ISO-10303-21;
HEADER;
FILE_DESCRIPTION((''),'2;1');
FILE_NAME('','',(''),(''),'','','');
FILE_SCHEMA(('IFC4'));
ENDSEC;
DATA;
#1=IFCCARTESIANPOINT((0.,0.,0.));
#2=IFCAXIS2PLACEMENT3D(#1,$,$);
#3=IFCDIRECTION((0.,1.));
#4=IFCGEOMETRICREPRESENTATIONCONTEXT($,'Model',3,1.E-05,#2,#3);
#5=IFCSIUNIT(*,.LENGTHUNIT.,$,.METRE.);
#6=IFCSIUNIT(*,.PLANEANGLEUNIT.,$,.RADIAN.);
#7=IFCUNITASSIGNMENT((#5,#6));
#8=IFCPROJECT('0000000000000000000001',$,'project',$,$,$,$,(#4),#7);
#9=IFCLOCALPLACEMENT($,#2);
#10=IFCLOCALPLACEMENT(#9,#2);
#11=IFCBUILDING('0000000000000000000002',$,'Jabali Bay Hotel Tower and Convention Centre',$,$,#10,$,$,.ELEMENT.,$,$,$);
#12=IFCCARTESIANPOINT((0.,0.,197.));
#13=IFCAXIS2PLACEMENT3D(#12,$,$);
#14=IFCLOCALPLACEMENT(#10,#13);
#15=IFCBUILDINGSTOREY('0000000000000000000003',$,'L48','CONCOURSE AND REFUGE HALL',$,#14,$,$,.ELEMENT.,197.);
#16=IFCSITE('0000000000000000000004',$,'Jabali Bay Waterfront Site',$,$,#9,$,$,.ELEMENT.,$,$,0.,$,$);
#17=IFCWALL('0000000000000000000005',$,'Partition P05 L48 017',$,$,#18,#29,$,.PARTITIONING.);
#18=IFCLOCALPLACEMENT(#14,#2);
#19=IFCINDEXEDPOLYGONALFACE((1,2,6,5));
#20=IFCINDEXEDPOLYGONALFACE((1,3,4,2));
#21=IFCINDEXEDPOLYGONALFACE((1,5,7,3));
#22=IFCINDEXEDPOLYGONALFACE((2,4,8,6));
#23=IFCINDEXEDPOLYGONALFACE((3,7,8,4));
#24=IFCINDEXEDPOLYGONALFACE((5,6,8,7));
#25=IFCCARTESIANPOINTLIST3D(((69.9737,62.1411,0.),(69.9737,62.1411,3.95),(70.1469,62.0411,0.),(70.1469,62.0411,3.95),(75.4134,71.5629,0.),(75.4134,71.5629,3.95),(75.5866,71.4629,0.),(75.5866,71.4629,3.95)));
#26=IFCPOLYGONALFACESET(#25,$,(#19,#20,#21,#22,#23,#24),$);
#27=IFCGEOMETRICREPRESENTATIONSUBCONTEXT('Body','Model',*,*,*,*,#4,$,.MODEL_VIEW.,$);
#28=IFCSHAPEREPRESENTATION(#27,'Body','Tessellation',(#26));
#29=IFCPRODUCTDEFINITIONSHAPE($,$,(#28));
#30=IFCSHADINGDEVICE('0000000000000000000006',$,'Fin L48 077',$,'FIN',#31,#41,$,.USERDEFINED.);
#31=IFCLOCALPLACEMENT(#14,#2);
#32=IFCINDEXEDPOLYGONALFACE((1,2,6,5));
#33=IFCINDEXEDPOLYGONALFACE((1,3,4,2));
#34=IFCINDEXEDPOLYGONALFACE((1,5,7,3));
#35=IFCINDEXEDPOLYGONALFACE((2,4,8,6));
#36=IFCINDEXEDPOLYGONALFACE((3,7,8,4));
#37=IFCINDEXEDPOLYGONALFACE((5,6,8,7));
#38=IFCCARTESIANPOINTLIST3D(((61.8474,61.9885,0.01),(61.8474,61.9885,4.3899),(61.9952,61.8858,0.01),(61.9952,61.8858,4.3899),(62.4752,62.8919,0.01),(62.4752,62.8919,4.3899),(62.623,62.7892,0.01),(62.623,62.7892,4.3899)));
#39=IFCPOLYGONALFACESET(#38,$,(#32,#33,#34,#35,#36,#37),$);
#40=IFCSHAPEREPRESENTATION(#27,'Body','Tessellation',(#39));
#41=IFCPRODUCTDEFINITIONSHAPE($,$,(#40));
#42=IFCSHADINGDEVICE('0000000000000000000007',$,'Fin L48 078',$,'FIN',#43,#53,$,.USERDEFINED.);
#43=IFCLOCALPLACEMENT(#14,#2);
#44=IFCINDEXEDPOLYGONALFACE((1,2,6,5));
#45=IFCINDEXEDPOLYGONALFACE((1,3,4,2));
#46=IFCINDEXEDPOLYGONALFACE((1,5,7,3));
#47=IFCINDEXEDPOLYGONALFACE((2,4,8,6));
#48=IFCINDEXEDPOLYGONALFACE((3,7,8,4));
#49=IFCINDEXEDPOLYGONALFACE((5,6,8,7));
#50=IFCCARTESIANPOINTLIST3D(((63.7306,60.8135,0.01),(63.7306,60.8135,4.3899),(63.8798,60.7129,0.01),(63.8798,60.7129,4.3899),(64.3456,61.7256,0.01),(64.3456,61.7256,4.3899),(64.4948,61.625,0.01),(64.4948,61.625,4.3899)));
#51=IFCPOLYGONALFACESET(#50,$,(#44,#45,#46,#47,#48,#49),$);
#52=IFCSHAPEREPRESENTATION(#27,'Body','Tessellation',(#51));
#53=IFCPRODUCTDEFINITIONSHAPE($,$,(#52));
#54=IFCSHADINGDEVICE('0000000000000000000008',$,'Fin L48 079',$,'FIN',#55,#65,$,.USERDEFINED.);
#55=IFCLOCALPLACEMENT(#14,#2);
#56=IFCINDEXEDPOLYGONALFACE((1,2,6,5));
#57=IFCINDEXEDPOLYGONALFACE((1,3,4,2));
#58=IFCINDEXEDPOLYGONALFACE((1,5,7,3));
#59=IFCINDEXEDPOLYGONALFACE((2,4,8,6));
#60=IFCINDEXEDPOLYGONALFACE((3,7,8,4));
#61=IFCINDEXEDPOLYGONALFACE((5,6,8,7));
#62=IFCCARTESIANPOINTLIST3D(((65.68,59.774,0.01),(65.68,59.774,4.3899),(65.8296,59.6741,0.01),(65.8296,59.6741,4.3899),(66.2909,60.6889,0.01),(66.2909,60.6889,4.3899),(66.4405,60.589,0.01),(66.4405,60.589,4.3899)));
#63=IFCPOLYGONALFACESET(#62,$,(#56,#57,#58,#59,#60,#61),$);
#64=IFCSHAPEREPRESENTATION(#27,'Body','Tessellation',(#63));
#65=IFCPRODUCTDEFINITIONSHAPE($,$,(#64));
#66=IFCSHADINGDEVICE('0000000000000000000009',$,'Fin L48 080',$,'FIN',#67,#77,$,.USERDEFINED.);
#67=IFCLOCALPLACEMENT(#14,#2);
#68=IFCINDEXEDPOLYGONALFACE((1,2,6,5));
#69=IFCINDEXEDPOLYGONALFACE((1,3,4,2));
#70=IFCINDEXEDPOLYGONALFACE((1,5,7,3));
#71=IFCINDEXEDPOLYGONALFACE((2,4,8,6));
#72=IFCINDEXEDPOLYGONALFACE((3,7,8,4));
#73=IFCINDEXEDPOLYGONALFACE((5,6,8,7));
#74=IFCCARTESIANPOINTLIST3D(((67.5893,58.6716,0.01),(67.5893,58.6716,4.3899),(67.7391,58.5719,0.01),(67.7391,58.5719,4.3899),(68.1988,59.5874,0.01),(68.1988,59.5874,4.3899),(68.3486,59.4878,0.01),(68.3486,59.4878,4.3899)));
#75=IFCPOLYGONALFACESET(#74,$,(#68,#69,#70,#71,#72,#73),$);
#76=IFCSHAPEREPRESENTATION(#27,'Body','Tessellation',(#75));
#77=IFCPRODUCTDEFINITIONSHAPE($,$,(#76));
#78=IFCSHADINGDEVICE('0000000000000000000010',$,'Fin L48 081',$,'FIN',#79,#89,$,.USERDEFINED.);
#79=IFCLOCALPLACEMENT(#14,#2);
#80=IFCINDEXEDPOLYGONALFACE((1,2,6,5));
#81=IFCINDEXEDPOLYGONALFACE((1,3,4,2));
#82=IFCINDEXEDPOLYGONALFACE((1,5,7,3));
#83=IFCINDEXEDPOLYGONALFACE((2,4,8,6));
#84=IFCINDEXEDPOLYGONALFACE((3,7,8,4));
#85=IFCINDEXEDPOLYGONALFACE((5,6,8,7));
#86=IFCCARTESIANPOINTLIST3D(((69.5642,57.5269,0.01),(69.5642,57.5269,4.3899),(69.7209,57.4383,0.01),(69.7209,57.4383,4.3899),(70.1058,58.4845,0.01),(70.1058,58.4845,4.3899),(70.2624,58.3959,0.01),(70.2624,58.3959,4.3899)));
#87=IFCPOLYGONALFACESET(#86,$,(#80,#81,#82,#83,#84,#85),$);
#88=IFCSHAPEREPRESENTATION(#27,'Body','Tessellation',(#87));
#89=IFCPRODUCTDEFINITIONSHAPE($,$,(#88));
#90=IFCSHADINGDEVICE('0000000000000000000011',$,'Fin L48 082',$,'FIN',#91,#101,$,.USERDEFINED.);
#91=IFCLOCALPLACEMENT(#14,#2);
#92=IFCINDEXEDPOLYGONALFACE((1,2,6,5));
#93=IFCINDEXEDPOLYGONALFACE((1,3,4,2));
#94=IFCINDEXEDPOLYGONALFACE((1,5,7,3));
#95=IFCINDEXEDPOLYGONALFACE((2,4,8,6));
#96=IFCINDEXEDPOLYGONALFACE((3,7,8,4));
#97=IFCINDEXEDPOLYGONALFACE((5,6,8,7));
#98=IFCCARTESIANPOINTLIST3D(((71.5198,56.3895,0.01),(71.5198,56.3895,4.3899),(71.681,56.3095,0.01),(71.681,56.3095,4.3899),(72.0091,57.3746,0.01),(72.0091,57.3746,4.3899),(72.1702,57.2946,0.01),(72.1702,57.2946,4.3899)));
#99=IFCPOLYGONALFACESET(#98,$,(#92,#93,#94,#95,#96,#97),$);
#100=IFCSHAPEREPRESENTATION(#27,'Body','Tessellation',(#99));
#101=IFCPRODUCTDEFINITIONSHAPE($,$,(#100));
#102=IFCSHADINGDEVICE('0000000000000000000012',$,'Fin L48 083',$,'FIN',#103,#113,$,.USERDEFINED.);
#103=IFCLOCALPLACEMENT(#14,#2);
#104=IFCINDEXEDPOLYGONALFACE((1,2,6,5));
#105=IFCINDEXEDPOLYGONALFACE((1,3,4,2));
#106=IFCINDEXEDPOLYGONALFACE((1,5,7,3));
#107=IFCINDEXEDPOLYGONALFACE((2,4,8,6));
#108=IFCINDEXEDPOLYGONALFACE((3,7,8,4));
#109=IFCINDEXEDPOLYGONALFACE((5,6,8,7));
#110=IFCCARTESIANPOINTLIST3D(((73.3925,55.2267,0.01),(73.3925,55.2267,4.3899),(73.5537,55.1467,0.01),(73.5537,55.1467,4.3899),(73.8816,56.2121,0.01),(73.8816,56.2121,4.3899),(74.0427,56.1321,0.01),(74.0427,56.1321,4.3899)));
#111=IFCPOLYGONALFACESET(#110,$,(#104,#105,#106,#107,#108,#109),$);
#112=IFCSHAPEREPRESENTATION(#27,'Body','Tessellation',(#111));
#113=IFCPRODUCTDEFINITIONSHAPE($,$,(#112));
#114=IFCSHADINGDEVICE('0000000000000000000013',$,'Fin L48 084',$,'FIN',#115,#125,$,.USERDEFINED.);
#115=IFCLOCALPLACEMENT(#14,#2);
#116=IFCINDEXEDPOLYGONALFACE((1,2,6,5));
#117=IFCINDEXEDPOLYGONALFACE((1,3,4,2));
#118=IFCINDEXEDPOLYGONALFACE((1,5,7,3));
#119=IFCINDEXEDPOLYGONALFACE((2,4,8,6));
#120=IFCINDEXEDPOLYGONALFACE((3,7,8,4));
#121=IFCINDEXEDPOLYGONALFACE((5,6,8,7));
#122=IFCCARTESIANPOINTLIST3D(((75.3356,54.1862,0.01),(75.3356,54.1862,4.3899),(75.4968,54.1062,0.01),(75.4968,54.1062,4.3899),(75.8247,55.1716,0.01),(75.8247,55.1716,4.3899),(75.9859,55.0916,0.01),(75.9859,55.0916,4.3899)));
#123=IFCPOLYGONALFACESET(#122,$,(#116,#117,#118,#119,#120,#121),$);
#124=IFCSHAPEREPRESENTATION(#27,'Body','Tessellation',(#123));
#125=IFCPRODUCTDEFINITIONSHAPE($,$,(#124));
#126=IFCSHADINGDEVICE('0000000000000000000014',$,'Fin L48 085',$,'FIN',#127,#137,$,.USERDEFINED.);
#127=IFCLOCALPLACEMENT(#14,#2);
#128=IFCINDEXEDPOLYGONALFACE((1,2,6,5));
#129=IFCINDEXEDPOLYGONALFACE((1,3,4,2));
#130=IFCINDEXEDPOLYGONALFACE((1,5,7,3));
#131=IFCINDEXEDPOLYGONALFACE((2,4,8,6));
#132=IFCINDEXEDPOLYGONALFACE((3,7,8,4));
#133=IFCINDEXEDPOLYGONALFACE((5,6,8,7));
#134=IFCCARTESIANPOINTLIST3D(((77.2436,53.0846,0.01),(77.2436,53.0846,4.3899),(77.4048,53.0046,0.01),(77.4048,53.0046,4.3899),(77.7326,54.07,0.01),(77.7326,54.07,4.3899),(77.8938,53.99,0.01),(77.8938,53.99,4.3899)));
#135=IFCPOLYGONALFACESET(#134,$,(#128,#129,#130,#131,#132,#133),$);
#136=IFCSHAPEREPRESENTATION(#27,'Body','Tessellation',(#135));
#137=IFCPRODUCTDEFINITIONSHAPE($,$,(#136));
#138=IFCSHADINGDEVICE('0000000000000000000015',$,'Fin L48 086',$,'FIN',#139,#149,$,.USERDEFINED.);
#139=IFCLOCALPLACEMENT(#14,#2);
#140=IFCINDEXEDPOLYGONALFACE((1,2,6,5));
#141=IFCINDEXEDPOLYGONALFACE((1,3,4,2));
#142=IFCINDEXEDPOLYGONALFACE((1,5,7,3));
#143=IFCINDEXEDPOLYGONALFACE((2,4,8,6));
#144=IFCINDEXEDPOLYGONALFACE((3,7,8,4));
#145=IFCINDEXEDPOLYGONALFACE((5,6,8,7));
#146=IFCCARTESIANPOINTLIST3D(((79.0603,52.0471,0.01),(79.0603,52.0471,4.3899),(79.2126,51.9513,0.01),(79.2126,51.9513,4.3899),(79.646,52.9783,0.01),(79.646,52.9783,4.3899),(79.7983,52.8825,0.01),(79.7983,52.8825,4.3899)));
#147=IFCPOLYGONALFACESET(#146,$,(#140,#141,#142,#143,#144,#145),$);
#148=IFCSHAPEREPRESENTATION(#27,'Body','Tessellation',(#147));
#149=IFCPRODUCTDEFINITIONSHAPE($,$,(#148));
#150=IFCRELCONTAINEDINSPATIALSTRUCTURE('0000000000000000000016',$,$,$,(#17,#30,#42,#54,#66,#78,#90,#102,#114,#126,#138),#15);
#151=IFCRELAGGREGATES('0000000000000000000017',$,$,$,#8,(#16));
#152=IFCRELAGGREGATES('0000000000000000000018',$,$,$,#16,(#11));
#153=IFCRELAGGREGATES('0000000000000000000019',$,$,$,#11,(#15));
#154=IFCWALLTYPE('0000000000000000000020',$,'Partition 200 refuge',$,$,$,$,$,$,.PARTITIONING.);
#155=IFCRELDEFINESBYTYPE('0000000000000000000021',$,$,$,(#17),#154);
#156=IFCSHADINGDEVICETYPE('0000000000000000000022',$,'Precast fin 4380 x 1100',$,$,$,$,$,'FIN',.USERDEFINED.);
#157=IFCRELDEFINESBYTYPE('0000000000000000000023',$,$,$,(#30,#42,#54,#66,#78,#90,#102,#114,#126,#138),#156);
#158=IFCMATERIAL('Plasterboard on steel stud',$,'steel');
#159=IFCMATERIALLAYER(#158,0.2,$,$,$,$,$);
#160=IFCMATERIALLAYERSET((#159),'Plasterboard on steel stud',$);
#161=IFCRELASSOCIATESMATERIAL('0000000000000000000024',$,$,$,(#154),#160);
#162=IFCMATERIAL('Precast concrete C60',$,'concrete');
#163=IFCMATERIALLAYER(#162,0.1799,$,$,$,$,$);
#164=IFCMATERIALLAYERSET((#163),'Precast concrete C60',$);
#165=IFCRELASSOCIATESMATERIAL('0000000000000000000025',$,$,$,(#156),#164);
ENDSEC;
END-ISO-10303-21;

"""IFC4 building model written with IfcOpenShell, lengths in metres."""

from ifc_helpers import new_model, si_unit, direction, frame, frame_2d, origin, place, context, subcontext, project, spatial, rectangle, extrude, material, layer, layer_set, type_object, element, save


model = new_model("IFC4")

# Units and contexts
model_context = context("Model", 3, precision=1e-05, world=origin(), true_north=direction((0.0, 1.0)))
body_context = subcontext(model_context, "Body", "Model", "MODEL_VIEW")
ifc_project = project(units=[si_unit("LENGTHUNIT", "METRE"), si_unit("PLANEANGLEUNIT", "RADIAN")], contexts=[model_context])

# Site, building, storey
site_placement = place(None, origin())
site = spatial("IfcSite", under=ifc_project, at=site_placement, Name="Jabali Bay Waterfront Site", CompositionType="ELEMENT", RefElevation=0.0)
building_placement = place(site_placement, origin())
building = spatial("IfcBuilding", under=site, at=building_placement, Name="Jabali Bay Hotel Tower and Convention Centre", CompositionType="ELEMENT")
storey_placement = place(building_placement, frame((0.0, 0.0, 197.0)))
storey = spatial("IfcBuildingStorey", under=building, at=storey_placement, Name="L48", Description="CONCOURSE AND REFUGE HALL", CompositionType="ELEMENT", Elevation=197.0)

# Wall
ifc_material_1 = material(Name="Plasterboard on steel stud", Category="steel")
ifc_layer_1 = layer(ifc_material_1, 0.2)
ifc_layer_set_1 = layer_set([ifc_layer_1], Name="Plasterboard on steel stud")
wall_type_1 = type_object("IfcWallType", Name="Partition 200 refuge", PredefinedType="PARTITIONING", material=ifc_layer_set_1)
wall_1_placement = place(storey_placement, frame((70.0603, 62.0911, 0.0), z_axis=(0.0, 0.0, 1.0), x_axis=(0.499998, 0.866026, 0.0)))
element("IfcWall", 1, at=wall_1_placement, inside=storey, type_object=wall_type_1, Name="Partition P05 L48 017", PredefinedType="PARTITIONING", context=body_context, shape_type="SweptSolid", body=[
    extrude(rectangle(XDim=10.8794, YDim=0.2, at=frame_2d((5.4397, 0.0))), origin(), (0.0, 0.0, 1.0), 3.95),
])

# Shading devices
ifc_material_2 = material(Name="Precast concrete C60", Category="concrete")
ifc_layer_2 = layer(ifc_material_2, 0.1799)
ifc_layer_set_2 = layer_set([ifc_layer_2], Name="Precast concrete C60")
shading_device_type = type_object("IfcShadingDeviceType", Name="Precast fin 4380 x 1100", ElementType="FIN", PredefinedType="USERDEFINED", material=ifc_layer_set_2)
for number, where, z_axis, x_axis, name in (
    (2, (62.5491, 62.8406, 0.01), (0.0, 0.0, 1.0), (-0.570629, -0.821208, 0.0), "Fin L48 077"),
    (3, (64.4202, 61.6753, 0.01), (0.0, 0.0, 1.0), (-0.559046, -0.829137, 0.0), "Fin L48 078"),
    (4, (66.3657, 60.6389, 0.01), (0.0, 0.0, 1.0), (-0.555315, -0.83164, 0.0), "Fin L48 079"),
    (5, (68.2737, 59.5376, 0.01), (0.0, 0.0, 1.0), (-0.553983, -0.832528, 0.0), "Fin L48 080"),
    (6, (70.1841, 58.4402, 0.01), (0.0, 0.0, 1.0), (-0.492262, -0.870447, 0.0), "Fin L48 081"),
):
    element("IfcShadingDevice", number, at=place(storey_placement, frame(where, z_axis=z_axis, x_axis=x_axis)), inside=storey, type_object=shading_device_type, Name=name, ObjectType="FIN", PredefinedType="USERDEFINED", context=body_context, shape_type="SweptSolid", body=[
        extrude(rectangle(XDim=1.1001, YDim=0.1799, at=frame_2d((0.55, 0.0))), origin(), (0.0, 0.0, 1.0), 4.3799),
    ])
shading_device_placement = place(storey_placement, frame((72.0896, 57.3345, 0.01), z_axis=(0.0, 0.0, 1.0), x_axis=(-0.444815, -0.895623, 0.0)))
element("IfcShadingDevice", 7, at=shading_device_placement, inside=storey, type_object=shading_device_type, Name="Fin L48 082", ObjectType="FIN", PredefinedType="USERDEFINED", context=body_context, shape_type="SweptSolid", body=[
    extrude(rectangle(XDim=1.0999, YDim=0.1799, at=frame_2d((0.5498, 0.0))), origin(), (0.0, 0.0, 1.0), 4.3799),
])
for number, where, z_axis, x_axis, name in (
    (8, (73.9622, 56.1721, 0.01), (0.0, 0.0, 1.0), (-0.444548, -0.895755, 0.0), "Fin L48 083"),
    (9, (75.9053, 55.1316, 0.01), (0.0, 0.0, 1.0), (-0.444548, -0.895755, 0.0), "Fin L48 084"),
    (10, (77.8132, 54.03, 0.01), (0.0, 0.0, 1.0), (-0.444548, -0.895755, 0.0), "Fin L48 085"),
    (11, (79.7222, 52.9304, 0.01), (0.0, 0.0, 1.0), (-0.532431, -0.846474, 0.0), "Fin L48 086"),
):
    element("IfcShadingDevice", number, at=place(storey_placement, frame(where, z_axis=z_axis, x_axis=x_axis)), inside=storey, type_object=shading_device_type, Name=name, ObjectType="FIN", PredefinedType="USERDEFINED", context=body_context, shape_type="SweptSolid", body=[
        extrude(rectangle(XDim=1.1001, YDim=0.1799, at=frame_2d((0.55, 0.0))), origin(), (0.0, 0.0, 1.0), 4.3799),
    ])

save(model, "model.ifc")
